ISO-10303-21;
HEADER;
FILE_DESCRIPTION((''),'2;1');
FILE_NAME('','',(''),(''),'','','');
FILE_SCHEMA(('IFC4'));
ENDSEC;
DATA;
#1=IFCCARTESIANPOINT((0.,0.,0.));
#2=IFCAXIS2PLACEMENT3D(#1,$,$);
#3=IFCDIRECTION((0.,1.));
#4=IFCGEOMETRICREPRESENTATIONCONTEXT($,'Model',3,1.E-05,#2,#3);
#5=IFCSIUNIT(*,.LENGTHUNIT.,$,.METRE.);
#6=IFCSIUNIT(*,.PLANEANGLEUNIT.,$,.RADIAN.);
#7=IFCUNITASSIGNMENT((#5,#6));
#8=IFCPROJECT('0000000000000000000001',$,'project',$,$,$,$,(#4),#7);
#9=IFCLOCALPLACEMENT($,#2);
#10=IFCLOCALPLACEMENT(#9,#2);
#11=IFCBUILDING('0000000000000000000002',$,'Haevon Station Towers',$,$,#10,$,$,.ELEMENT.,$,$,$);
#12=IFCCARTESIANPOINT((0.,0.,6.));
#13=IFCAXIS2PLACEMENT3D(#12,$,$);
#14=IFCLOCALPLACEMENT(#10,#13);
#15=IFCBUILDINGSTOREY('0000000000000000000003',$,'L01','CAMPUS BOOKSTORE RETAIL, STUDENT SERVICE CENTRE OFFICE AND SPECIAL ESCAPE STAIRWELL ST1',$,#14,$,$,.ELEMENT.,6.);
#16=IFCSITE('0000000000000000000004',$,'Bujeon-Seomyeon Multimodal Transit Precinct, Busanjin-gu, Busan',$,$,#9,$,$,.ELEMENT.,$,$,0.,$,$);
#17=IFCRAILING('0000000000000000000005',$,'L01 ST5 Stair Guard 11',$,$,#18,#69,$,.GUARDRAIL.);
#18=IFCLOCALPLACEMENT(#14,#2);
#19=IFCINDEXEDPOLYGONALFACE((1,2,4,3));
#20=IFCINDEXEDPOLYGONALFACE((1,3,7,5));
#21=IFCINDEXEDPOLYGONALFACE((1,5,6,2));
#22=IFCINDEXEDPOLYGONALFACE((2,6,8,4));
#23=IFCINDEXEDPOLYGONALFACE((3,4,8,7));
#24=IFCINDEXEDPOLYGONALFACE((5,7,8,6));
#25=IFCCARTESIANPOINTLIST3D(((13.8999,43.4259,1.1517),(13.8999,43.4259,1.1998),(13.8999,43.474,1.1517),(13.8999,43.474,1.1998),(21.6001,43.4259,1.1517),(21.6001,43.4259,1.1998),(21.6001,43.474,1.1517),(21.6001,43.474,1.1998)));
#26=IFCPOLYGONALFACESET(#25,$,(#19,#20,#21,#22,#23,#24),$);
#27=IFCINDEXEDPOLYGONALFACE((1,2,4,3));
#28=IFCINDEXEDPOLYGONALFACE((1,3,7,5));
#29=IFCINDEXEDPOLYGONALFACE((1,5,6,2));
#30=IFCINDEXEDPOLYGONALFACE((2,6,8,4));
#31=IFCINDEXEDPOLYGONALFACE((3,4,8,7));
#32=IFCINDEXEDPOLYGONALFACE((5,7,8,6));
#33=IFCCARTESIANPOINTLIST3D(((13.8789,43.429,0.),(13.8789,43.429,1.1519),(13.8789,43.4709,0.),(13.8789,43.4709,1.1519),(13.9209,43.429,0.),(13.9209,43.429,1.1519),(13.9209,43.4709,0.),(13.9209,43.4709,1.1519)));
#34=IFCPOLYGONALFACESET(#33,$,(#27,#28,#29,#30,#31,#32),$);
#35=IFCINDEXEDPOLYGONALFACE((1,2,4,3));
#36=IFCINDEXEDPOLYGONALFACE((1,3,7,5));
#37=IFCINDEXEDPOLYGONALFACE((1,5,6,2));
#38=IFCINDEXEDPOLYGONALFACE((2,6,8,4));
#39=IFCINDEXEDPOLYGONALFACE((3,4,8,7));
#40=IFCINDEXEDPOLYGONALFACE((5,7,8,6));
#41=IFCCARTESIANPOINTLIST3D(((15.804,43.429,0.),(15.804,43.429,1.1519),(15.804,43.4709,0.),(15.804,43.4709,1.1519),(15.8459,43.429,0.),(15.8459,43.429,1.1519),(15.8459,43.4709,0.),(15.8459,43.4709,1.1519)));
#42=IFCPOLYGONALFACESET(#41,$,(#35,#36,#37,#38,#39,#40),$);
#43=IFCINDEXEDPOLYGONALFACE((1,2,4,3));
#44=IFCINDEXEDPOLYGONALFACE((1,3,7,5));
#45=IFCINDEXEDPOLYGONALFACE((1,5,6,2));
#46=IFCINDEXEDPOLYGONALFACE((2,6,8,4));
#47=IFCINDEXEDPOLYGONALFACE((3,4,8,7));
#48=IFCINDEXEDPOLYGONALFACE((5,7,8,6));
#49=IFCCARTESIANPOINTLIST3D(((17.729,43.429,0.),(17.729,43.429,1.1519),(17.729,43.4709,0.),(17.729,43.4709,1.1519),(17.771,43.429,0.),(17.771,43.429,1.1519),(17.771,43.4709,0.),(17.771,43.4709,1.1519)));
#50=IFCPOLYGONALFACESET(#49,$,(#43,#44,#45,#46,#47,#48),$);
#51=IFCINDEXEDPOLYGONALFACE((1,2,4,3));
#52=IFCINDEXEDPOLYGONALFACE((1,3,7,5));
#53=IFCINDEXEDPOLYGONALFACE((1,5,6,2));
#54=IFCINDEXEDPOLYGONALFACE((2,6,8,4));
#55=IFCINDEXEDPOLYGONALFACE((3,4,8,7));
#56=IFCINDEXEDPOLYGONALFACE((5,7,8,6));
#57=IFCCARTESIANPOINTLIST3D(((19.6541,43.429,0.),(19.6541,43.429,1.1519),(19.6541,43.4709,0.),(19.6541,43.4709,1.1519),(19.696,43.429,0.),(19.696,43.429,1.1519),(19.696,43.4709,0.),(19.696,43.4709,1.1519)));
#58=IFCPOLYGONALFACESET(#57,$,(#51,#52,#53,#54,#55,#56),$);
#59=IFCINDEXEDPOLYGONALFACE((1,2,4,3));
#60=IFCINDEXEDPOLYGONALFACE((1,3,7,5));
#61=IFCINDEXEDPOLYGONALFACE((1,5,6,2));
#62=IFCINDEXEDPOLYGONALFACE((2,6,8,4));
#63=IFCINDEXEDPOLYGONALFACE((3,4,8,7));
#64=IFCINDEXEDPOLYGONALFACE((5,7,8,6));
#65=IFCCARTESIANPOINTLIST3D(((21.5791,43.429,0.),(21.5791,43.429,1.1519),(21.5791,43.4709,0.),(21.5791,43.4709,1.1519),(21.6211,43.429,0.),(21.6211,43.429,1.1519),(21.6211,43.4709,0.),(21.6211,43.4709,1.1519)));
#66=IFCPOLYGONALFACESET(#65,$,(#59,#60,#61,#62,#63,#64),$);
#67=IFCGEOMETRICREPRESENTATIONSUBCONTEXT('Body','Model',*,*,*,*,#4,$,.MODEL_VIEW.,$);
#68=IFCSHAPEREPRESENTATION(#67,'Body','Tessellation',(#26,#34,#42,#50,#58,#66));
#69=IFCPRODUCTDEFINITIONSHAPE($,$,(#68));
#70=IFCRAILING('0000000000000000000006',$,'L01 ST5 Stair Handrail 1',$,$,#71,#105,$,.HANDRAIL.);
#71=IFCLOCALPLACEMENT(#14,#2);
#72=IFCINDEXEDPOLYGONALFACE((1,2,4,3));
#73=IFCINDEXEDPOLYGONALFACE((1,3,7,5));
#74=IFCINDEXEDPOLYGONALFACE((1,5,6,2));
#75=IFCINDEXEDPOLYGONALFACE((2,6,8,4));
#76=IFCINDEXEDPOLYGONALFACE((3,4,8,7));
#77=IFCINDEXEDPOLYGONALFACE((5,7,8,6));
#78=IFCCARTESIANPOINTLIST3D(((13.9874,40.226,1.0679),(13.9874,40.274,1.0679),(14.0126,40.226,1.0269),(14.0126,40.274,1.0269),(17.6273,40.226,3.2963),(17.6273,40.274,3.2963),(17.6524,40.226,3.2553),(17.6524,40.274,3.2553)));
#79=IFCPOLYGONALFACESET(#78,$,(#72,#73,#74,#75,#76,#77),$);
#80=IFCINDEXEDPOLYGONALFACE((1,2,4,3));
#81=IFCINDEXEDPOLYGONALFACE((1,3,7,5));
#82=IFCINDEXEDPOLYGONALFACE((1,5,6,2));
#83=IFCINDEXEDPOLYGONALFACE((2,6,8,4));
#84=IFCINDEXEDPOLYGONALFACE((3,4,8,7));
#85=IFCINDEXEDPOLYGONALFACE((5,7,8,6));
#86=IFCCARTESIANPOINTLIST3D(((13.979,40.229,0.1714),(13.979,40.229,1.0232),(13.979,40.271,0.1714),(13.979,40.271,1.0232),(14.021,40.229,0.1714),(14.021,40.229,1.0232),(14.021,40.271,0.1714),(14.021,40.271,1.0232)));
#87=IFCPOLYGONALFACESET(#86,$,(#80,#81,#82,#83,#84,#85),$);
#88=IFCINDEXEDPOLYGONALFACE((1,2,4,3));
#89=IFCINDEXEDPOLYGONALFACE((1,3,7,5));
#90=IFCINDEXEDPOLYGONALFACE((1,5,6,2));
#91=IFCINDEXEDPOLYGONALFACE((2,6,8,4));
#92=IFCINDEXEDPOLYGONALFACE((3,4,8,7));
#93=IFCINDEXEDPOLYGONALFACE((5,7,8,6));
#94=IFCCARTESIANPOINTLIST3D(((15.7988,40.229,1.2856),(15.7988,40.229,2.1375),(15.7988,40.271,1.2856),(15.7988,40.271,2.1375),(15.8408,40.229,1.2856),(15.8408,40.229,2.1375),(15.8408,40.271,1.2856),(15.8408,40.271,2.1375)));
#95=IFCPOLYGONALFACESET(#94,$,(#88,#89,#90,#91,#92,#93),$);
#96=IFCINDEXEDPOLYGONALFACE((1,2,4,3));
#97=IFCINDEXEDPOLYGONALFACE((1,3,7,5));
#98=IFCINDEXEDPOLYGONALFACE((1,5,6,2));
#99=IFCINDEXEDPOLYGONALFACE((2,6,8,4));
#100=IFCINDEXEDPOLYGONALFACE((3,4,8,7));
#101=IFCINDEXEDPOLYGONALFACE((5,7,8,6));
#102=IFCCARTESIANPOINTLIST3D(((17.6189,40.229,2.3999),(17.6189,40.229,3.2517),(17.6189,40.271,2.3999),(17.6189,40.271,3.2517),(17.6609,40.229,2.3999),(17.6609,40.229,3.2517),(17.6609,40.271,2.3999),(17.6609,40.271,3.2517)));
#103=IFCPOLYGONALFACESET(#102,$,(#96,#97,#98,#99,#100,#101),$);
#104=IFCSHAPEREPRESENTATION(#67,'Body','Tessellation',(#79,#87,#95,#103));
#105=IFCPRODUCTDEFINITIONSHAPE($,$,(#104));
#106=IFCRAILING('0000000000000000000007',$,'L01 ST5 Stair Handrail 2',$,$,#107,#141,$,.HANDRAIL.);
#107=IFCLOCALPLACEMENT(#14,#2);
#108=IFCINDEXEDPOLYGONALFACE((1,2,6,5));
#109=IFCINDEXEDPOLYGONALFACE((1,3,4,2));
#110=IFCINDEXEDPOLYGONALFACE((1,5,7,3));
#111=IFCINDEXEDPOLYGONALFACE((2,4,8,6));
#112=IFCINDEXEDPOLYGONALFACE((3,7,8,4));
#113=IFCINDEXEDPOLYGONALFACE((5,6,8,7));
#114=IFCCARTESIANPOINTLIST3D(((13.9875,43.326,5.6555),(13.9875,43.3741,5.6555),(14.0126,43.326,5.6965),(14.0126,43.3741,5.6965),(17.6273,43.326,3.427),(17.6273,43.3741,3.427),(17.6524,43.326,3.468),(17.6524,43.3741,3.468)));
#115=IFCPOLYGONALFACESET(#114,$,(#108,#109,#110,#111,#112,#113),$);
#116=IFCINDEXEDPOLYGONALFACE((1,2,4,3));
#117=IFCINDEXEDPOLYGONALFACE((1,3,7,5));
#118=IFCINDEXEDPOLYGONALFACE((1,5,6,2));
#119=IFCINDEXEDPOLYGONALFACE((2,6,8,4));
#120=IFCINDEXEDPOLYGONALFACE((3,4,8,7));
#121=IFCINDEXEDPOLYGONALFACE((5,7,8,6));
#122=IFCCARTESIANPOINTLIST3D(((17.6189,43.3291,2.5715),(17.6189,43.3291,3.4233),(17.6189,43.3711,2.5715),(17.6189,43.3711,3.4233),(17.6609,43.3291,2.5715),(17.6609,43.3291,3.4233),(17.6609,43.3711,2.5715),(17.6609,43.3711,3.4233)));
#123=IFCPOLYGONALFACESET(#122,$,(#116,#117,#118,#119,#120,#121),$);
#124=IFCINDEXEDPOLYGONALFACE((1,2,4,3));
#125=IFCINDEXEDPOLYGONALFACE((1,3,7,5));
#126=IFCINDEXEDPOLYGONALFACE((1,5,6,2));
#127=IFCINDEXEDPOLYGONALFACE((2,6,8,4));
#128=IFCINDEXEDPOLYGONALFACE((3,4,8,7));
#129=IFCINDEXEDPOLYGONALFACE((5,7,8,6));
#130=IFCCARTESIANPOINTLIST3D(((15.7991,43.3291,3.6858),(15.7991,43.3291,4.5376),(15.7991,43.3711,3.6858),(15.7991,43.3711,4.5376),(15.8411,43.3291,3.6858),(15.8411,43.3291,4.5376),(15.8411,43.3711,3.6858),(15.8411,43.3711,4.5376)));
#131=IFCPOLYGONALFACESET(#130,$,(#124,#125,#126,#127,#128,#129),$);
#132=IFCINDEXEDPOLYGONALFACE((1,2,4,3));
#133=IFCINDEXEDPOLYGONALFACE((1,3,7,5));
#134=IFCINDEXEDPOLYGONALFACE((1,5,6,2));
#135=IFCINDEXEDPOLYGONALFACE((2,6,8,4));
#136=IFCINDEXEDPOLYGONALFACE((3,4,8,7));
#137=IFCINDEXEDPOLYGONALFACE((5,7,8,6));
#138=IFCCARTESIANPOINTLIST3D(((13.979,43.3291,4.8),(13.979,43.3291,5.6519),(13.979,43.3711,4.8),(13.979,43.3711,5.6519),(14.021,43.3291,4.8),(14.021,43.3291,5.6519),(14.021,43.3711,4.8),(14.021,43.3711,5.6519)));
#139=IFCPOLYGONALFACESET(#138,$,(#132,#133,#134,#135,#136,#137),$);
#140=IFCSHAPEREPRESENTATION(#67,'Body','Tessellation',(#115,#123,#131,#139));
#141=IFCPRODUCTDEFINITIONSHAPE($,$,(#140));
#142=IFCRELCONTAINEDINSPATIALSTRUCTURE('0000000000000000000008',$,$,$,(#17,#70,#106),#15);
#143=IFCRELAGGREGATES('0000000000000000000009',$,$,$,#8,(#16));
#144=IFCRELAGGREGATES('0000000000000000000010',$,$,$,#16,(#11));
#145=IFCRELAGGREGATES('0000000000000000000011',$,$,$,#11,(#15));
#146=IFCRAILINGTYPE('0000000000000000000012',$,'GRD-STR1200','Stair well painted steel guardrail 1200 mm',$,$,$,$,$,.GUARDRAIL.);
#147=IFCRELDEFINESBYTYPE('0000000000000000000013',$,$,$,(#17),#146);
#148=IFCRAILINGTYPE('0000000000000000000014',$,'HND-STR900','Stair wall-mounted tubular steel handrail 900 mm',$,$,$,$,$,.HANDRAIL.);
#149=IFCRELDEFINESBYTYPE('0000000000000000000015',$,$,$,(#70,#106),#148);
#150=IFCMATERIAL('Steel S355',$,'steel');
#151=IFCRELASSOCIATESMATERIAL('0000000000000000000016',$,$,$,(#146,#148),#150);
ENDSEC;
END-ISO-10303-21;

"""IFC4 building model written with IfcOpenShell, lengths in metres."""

from ifc_helpers import new_model, si_unit, direction, frame, origin, origin_2d, place, context, subcontext, project, spatial, rectangle, extrude, material, type_object, element, save


model = new_model("IFC4")

# Units and contexts
model_context = context("Model", 3, precision=1e-05, world=origin(), true_north=direction((0.0, 1.0)))
body_context = subcontext(model_context, "Body", "Model", "MODEL_VIEW")
ifc_project = project(units=[si_unit("LENGTHUNIT", "METRE"), si_unit("PLANEANGLEUNIT", "RADIAN")], contexts=[model_context])

# Site, building, storey
site_placement = place(None, origin())
site = spatial("IfcSite", under=ifc_project, at=site_placement, Name="Bujeon-Seomyeon Multimodal Transit Precinct, Busanjin-gu, Busan", CompositionType="ELEMENT", RefElevation=0.0)
building_placement = place(site_placement, origin())
building = spatial("IfcBuilding", under=site, at=building_placement, Name="Haevon Station Towers", CompositionType="ELEMENT")
storey_placement = place(building_placement, frame((0.0, 0.0, 6.0)))
storey = spatial("IfcBuildingStorey", under=building, at=storey_placement, Name="L01", Description="CAMPUS BOOKSTORE RETAIL, STUDENT SERVICE CENTRE OFFICE AND SPECIAL ESCAPE STAIRWELL ST1", CompositionType="ELEMENT", Elevation=6.0)

# Shared definitions
ifc_material_1 = material(Name="Steel S355", Category="steel")

# Railings
railing_type_1 = type_object("IfcRailingType", Name="GRD-STR1200", Description="Stair well painted steel guardrail 1200 mm", PredefinedType="GUARDRAIL", material=ifc_material_1)
for number, where, name in (
    (1, (13.8999, 43.45, 0.0), "L01 ST5 Stair Guard 11"),
):
    element("IfcRailing", number, at=place(storey_placement, frame(where)), inside=storey, type_object=railing_type_1, Name=name, PredefinedType="GUARDRAIL", context=body_context, shape_type="SweptSolid", body=[
        extrude(rectangle(XDim=0.0481, YDim=0.0481, at=origin_2d()), frame((0.0, 0.0, 1.1758), z_axis=(1.0, 0.0, 0.0), x_axis=(0.0, 1.0, 0.0)), (0.0, 0.0, 1.0), 7.7002),
        extrude(rectangle(XDim=0.042, YDim=0.042, at=origin_2d()), origin(), (0.0, 0.0, 1.0), 1.1519),
        extrude(rectangle(XDim=0.042, YDim=0.042, at=origin_2d()), frame((1.925, 0.0, 0.0)), (0.0, 0.0, 1.0), 1.1519),
        extrude(rectangle(XDim=0.042, YDim=0.042, at=origin_2d()), frame((3.8501, 0.0, 0.0)), (0.0, 0.0, 1.0), 1.1519),
        extrude(rectangle(XDim=0.042, YDim=0.042, at=origin_2d()), frame((5.7751, 0.0, 0.0)), (0.0, 0.0, 1.0), 1.1519),
        extrude(rectangle(XDim=0.042, YDim=0.042, at=origin_2d()), frame((7.7002, 0.0, 0.0)), (0.0, 0.0, 1.0), 1.1519),
    ])
railing_type_2 = type_object("IfcRailingType", Name="HND-STR900", Description="Stair wall-mounted tubular steel handrail 900 mm", PredefinedType="HANDRAIL", material=ifc_material_1)
railing_1_placement = place(storey_placement, frame((14.0, 40.25, 0.1714)))
element("IfcRailing", 2, at=railing_1_placement, inside=storey, type_object=railing_type_2, Name="L01 ST5 Stair Handrail 1", PredefinedType="HANDRAIL", context=body_context, shape_type="SweptSolid", body=[
    extrude(rectangle(XDim=0.0481, YDim=0.0481, at=origin_2d()), frame((0.0, 0.0, 0.876), z_axis=(0.85285, 0.0, 0.522156), x_axis=(0.0, 1.0, 0.0)), (0.0, 0.0, 1.0), 4.2678),
    extrude(rectangle(XDim=0.042, YDim=0.042, at=origin_2d()), origin(), (0.0, 0.0, 1.0), 0.8518),
    extrude(rectangle(XDim=0.042, YDim=0.042, at=origin_2d()), frame((1.8198, 0.0, 1.1143)), (0.0, 0.0, 1.0), 0.8518),
    extrude(rectangle(XDim=0.042, YDim=0.042, at=origin_2d()), frame((3.6399, 0.0, 2.2285)), (0.0, 0.0, 1.0), 0.8518),
])
railing_2_placement = place(storey_placement, frame((17.6399, 43.3501, 2.5715)))
element("IfcRailing", 3, at=railing_2_placement, inside=storey, type_object=railing_type_2, Name="L01 ST5 Stair Handrail 2", PredefinedType="HANDRAIL", context=body_context, shape_type="SweptSolid", body=[
    extrude(rectangle(XDim=0.0481, YDim=0.0481, at=origin_2d()), frame((0.0, 0.0, 0.876), z_axis=(-0.85285, 0.0, 0.522156), x_axis=(0.0, -1.0, 0.0)), (0.0, 0.0, 1.0), 4.2678),
    extrude(rectangle(XDim=0.042, YDim=0.042, at=origin_2d()), origin(), (0.0, 0.0, 1.0), 0.8518),
    extrude(rectangle(XDim=0.042, YDim=0.042, at=origin_2d()), frame((-1.8198, 0.0, 1.1143)), (0.0, 0.0, 1.0), 0.8518),
    extrude(rectangle(XDim=0.042, YDim=0.042, at=origin_2d()), frame((-3.6399, 0.0, 2.2285)), (0.0, 0.0, 1.0), 0.8518),
])

save(model, "model.ifc")
